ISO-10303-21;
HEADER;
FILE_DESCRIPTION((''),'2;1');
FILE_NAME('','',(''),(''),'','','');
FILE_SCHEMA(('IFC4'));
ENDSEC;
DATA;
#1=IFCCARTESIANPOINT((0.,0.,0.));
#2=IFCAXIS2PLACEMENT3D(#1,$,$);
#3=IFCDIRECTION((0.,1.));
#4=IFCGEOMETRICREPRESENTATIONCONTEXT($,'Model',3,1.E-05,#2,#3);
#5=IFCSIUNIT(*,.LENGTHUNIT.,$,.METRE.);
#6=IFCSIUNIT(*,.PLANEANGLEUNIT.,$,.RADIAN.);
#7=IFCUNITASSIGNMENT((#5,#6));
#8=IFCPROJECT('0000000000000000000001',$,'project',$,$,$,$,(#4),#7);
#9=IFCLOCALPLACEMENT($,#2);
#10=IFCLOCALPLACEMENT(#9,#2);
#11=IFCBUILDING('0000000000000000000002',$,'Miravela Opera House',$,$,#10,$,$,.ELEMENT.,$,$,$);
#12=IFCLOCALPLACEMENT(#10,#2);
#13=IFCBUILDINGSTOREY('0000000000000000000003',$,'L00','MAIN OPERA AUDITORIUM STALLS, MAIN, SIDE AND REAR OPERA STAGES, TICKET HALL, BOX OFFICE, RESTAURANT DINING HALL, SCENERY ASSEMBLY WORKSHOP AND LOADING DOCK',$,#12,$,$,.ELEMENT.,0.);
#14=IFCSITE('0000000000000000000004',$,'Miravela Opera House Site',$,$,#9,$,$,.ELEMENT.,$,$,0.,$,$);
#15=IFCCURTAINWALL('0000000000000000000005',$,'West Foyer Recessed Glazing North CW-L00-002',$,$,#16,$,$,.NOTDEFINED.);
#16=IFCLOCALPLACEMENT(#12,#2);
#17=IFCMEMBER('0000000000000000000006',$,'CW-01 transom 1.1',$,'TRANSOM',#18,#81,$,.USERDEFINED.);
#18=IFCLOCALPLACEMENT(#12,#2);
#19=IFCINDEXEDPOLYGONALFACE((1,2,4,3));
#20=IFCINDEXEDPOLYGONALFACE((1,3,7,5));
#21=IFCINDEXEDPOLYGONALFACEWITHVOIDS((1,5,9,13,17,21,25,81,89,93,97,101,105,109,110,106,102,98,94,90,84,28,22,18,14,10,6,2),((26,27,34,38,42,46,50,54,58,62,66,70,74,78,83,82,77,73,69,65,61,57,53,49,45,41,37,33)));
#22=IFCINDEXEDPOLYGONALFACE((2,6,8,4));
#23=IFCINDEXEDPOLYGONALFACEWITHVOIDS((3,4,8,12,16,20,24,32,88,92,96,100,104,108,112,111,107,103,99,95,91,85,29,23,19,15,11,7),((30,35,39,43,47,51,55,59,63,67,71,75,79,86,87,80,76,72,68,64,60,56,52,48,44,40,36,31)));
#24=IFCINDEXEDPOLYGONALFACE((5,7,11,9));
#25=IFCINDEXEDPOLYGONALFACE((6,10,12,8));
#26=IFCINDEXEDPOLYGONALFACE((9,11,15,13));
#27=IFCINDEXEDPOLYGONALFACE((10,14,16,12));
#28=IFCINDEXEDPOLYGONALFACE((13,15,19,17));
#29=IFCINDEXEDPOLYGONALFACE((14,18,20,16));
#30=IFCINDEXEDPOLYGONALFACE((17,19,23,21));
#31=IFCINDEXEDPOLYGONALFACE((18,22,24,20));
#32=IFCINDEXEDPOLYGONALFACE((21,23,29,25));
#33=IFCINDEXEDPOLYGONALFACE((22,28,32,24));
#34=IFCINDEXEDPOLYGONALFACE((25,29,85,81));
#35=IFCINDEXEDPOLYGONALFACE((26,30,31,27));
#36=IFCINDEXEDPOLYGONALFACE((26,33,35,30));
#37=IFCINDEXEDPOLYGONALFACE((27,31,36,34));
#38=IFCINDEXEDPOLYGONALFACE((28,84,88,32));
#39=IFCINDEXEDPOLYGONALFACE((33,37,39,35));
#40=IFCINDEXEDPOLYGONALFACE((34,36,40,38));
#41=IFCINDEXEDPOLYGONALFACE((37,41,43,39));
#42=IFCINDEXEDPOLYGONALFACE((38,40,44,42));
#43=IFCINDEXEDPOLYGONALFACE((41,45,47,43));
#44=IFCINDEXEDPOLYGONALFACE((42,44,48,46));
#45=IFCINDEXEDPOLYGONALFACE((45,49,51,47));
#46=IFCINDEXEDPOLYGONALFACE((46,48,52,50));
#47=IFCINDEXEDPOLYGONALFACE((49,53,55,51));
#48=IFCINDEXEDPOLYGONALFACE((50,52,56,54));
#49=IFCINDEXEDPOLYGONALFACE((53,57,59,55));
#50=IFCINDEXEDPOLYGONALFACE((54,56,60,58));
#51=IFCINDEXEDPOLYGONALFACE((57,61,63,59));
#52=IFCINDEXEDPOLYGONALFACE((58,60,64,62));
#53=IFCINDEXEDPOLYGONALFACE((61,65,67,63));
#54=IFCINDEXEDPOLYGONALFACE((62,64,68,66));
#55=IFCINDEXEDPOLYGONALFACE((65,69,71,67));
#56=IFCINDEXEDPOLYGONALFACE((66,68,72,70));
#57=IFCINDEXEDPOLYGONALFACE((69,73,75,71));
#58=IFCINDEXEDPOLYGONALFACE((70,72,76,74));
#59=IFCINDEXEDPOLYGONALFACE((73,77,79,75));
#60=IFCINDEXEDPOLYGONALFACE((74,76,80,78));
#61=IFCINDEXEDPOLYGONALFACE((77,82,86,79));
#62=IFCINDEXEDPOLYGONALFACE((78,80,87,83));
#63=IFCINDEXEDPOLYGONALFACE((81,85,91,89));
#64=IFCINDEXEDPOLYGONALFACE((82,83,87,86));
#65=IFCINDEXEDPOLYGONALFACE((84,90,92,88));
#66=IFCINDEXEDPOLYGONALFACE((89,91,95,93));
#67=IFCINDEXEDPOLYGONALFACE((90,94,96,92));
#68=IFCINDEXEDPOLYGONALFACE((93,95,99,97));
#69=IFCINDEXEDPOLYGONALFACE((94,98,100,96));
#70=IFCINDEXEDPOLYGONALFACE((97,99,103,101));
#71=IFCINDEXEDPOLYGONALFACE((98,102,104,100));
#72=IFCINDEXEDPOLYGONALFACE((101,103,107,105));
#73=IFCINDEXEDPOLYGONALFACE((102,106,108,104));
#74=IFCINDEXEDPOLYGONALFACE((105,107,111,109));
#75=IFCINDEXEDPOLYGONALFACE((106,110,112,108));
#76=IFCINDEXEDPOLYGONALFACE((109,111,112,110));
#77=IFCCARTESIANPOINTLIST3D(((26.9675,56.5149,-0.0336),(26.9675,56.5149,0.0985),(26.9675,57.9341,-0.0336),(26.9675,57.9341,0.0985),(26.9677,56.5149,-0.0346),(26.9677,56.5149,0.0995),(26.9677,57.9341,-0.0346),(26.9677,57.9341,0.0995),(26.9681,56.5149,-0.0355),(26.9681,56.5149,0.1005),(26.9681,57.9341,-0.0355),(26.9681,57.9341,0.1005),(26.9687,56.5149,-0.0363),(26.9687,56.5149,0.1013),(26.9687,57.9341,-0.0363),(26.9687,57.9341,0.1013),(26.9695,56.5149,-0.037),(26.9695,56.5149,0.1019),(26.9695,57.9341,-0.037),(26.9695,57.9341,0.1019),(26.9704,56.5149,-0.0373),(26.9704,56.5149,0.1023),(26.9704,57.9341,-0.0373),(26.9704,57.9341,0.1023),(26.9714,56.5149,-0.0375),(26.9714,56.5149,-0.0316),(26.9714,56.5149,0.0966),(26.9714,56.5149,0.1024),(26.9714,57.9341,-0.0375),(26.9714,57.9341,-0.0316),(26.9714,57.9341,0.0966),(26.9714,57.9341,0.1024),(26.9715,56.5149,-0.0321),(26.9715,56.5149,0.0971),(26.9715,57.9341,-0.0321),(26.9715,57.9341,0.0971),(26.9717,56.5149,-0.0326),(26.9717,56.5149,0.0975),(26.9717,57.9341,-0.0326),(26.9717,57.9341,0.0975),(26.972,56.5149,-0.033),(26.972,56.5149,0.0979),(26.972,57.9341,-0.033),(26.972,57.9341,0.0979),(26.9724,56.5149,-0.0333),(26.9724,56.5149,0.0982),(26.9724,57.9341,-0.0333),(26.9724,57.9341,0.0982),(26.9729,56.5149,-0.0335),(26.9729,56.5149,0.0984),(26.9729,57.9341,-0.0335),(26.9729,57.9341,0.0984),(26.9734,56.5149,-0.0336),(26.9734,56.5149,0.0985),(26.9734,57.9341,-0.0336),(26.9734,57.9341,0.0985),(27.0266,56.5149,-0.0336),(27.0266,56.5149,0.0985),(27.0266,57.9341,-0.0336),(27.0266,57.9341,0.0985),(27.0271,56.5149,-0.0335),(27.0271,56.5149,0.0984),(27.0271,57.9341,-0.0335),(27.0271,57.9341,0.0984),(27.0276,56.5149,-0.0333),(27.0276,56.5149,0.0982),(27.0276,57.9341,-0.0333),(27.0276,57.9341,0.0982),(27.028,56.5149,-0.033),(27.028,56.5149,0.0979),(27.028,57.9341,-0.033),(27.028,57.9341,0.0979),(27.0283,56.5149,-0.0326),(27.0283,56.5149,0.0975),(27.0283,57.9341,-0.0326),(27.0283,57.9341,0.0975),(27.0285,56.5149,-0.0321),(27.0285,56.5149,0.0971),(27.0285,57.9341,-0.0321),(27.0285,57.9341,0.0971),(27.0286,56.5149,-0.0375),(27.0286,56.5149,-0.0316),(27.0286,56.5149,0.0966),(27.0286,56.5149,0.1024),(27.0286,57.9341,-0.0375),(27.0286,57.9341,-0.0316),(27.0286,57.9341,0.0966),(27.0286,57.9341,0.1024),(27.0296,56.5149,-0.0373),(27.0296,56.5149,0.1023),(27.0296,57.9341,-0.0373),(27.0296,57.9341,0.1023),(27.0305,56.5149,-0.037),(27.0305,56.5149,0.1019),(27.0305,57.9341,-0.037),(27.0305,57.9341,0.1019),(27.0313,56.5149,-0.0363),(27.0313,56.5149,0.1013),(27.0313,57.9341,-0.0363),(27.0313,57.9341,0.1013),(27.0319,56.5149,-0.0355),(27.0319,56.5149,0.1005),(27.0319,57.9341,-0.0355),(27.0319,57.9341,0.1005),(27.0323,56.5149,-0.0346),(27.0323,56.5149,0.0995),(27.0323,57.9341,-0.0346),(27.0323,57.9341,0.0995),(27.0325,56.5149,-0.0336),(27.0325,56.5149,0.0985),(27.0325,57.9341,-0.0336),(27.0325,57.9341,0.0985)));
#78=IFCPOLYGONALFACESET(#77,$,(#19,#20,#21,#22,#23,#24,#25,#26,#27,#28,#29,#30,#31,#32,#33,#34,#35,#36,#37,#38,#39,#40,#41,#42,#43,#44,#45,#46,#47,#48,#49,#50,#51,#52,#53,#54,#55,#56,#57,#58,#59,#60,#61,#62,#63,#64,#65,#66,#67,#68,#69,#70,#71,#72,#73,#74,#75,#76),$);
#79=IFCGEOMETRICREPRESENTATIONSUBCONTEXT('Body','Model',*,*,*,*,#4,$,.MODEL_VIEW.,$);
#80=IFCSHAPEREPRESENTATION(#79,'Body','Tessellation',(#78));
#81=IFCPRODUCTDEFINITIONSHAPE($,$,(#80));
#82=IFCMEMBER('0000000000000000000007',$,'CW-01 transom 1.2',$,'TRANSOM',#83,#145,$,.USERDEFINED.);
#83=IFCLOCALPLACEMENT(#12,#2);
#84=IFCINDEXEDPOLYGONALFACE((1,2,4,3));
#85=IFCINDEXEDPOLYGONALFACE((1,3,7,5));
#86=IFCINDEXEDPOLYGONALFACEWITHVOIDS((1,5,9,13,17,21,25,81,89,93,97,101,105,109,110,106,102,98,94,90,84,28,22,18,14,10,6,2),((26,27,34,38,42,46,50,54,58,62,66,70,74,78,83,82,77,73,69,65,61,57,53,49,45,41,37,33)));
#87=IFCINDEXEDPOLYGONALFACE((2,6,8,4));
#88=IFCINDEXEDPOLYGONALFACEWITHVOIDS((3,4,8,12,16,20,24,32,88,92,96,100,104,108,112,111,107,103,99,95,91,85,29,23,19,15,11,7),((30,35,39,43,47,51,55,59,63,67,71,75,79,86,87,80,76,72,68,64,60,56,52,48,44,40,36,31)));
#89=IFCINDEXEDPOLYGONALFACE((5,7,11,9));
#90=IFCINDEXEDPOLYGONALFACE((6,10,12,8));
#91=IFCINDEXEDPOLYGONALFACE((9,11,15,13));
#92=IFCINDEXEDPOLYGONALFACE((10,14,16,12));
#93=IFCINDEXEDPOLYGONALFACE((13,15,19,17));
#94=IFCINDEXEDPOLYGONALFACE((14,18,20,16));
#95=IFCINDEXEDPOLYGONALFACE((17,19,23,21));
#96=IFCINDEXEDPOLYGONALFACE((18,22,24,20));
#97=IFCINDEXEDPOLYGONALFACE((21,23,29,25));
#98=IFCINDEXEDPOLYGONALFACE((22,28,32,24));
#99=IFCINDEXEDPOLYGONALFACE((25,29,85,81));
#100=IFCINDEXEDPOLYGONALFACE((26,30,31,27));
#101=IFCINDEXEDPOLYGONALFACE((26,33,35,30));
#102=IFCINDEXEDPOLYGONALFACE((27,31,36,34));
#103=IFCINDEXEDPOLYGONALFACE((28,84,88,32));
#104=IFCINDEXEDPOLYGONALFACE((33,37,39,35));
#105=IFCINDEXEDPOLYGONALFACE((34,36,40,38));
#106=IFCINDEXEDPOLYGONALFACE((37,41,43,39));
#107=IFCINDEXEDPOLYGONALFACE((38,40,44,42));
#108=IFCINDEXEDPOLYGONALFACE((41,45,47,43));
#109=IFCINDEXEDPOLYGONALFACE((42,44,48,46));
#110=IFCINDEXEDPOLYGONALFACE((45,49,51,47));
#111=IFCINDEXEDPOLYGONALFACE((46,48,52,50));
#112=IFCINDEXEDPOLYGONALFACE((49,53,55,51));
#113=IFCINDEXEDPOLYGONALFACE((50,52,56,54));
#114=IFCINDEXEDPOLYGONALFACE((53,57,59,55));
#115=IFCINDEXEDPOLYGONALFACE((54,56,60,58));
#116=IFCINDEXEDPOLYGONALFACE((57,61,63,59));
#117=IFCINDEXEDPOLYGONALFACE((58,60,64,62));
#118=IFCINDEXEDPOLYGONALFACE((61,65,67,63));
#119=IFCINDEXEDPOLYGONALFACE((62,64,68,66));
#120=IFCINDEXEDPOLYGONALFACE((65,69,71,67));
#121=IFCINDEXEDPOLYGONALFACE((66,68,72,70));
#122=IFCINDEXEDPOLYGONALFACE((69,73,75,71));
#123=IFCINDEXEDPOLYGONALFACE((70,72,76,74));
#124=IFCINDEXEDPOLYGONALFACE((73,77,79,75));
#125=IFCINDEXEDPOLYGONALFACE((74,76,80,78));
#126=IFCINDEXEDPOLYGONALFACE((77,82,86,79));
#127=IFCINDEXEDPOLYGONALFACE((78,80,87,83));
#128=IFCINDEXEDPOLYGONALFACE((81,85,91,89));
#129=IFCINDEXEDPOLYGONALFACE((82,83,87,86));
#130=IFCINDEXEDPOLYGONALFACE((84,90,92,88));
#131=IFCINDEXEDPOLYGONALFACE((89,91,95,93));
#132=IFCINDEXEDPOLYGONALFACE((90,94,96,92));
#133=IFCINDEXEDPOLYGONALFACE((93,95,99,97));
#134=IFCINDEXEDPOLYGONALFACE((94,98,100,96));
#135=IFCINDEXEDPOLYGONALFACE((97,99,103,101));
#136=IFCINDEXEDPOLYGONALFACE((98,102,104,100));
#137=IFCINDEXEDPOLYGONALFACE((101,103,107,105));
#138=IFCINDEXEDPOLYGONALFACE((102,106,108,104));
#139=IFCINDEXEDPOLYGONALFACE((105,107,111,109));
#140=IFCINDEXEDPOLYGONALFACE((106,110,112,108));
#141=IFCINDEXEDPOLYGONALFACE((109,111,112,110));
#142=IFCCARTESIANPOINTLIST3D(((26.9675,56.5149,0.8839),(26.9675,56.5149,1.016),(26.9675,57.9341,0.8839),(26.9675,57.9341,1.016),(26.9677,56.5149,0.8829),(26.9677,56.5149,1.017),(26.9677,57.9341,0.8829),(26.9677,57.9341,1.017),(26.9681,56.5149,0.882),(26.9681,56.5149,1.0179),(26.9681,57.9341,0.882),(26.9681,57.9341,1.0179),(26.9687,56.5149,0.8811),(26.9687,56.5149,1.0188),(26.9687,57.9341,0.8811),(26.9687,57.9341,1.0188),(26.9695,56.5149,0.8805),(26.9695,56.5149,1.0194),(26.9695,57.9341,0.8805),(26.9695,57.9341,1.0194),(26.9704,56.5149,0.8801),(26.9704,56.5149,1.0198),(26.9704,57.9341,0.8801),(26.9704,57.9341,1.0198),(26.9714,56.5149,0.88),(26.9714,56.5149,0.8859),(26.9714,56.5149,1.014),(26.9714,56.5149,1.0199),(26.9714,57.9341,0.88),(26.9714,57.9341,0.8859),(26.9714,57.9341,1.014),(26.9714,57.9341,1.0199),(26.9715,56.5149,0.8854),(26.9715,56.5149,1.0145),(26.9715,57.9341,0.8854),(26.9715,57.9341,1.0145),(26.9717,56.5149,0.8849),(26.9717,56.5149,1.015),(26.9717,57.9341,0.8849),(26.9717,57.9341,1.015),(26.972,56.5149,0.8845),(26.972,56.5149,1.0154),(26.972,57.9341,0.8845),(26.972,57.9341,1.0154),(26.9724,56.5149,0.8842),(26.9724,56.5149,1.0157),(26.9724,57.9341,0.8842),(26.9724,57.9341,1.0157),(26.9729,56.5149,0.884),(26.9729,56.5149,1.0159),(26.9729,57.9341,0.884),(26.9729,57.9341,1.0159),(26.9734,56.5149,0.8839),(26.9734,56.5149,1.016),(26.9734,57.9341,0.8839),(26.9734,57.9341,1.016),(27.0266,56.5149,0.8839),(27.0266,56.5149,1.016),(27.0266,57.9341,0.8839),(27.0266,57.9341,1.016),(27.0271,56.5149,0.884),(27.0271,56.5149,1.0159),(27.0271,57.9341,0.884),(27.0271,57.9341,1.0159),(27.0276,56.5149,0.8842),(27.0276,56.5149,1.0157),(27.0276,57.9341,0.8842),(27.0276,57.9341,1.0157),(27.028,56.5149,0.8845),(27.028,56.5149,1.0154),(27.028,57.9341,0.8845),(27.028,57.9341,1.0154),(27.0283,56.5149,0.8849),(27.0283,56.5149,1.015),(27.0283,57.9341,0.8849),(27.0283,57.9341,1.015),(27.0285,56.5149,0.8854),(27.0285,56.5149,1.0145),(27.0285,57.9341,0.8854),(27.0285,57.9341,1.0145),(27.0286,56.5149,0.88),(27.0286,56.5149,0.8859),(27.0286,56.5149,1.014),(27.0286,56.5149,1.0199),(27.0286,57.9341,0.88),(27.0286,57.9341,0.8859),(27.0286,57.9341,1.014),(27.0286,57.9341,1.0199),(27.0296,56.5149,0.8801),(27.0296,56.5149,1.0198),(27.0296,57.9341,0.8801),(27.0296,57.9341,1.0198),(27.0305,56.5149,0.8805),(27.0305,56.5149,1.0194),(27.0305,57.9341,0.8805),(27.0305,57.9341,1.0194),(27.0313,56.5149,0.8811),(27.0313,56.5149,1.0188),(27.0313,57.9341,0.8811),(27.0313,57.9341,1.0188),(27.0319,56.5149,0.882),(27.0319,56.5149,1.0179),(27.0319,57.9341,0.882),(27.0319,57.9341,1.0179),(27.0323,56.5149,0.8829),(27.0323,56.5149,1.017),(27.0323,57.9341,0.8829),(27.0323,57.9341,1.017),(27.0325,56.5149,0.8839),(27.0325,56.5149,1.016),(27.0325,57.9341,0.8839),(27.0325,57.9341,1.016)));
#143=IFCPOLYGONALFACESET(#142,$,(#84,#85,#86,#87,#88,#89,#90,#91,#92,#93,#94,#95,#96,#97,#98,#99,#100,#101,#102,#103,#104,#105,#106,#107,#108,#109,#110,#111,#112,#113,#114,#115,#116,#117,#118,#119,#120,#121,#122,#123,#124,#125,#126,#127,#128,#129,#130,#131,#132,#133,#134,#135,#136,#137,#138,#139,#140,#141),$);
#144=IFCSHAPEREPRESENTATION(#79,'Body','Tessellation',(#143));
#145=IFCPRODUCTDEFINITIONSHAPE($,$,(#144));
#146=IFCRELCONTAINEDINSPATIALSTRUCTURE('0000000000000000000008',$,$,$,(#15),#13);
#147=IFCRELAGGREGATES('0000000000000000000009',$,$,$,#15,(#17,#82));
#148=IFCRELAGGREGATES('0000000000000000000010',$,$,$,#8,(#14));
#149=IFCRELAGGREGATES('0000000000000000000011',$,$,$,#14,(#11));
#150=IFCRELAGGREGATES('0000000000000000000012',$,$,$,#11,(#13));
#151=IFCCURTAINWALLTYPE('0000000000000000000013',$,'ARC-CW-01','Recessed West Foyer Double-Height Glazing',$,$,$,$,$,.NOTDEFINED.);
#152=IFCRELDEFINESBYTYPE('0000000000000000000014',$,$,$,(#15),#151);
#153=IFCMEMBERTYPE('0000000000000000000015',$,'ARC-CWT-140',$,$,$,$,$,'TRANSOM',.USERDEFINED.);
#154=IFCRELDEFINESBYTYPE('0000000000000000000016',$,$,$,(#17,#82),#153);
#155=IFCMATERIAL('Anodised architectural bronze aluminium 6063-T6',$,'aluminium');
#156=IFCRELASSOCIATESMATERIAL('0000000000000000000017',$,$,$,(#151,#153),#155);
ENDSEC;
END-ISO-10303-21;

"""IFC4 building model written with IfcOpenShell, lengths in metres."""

from ifc_helpers import new_model, si_unit, direction, frame, origin, origin_2d, place, context, subcontext, project, spatial, hollow_rectangle, extrude, material, material_profile, profile_set, type_object, element, aggregate, save


model = new_model("IFC4")

# Units and contexts
model_context = context("Model", 3, precision=1e-05, world=origin(), true_north=direction((0.0, 1.0)))
body_context = subcontext(model_context, "Body", "Model", "MODEL_VIEW")
ifc_project = project(units=[si_unit("LENGTHUNIT", "METRE"), si_unit("PLANEANGLEUNIT", "RADIAN")], contexts=[model_context])

# Site, building, storey
site_placement = place(None, origin())
site = spatial("IfcSite", under=ifc_project, at=site_placement, Name="Miravela Opera House Site", CompositionType="ELEMENT", RefElevation=0.0)
building_placement = place(site_placement, origin())
building = spatial("IfcBuilding", under=site, at=building_placement, Name="Miravela Opera House", CompositionType="ELEMENT")
storey_placement = place(building_placement, origin())
storey = spatial("IfcBuildingStorey", under=building, at=storey_placement, Name="L00", Description="MAIN OPERA AUDITORIUM STALLS, MAIN, SIDE AND REAR OPERA STAGES, TICKET HALL, BOX OFFICE, RESTAURANT DINING HALL, SCENERY ASSEMBLY WORKSHOP AND LOADING DOCK", CompositionType="ELEMENT", Elevation=0.0)

# Curtain wall
ifc_material_1 = material(Name="Anodised architectural bronze aluminium 6063-T6", Category="aluminium")
curtain_wall_type = type_object("IfcCurtainWallType", Name="ARC-CW-01", Description="Recessed West Foyer Double-Height Glazing", PredefinedType="NOTDEFINED", material=ifc_material_1)
curtain_wall_1_placement = place(storey_placement, origin())
curtain_wall_1 = element("IfcCurtainWall", 1, at=curtain_wall_1_placement, inside=storey, type_object=curtain_wall_type, Name="West Foyer Recessed Glazing North CW-L00-002", PredefinedType="NOTDEFINED")

# Members
ifc_material_profile_1 = material_profile(ifc_material_1, hollow_rectangle(XDim=0.0649, YDim=0.1399, WallThickness=0.0039, InnerFilletRadius=0.002, OuterFilletRadius=0.0039, at=origin_2d()), Name="CWT-65X140")
ifc_profile_set_1 = profile_set([ifc_material_profile_1])
member_type_1 = type_object("IfcMemberType", Name="ARC-CWT-140", ElementType="TRANSOM", PredefinedType="USERDEFINED", material=ifc_profile_set_1)
member_1_placement = place(storey_placement, frame((27.0, 56.5149, 0.0325), z_axis=(0.0, 1.0, 0.0), x_axis=(-1.0, 0.0, 0.0)))
member_1 = element("IfcMember", 2, at=member_1_placement, type_object=member_type_1, Name="CW-01 transom 1.1", ObjectType="TRANSOM", PredefinedType="USERDEFINED", context=body_context, shape_type="SweptSolid", body=[
    extrude(hollow_rectangle(XDim=0.0649, YDim=0.1399, WallThickness=0.0039, InnerFilletRadius=0.002, OuterFilletRadius=0.0039, at=origin_2d()), origin(), (0.0, 0.0, 1.0), 1.4192),
])
member_2_placement = place(storey_placement, frame((27.0, 56.5149, 0.95), z_axis=(0.0, 1.0, 0.0), x_axis=(-1.0, 0.0, 0.0)))
member_2 = element("IfcMember", 3, at=member_2_placement, type_object=member_type_1, Name="CW-01 transom 1.2", ObjectType="TRANSOM", PredefinedType="USERDEFINED", context=body_context, shape_type="SweptSolid", body=[
    extrude(hollow_rectangle(XDim=0.0649, YDim=0.1399, WallThickness=0.0039, InnerFilletRadius=0.002, OuterFilletRadius=0.0039, at=origin_2d()), origin(), (0.0, 0.0, 1.0), 1.4192),
])

aggregate(curtain_wall_1, [member_1, member_2])

save(model, "model.ifc")
